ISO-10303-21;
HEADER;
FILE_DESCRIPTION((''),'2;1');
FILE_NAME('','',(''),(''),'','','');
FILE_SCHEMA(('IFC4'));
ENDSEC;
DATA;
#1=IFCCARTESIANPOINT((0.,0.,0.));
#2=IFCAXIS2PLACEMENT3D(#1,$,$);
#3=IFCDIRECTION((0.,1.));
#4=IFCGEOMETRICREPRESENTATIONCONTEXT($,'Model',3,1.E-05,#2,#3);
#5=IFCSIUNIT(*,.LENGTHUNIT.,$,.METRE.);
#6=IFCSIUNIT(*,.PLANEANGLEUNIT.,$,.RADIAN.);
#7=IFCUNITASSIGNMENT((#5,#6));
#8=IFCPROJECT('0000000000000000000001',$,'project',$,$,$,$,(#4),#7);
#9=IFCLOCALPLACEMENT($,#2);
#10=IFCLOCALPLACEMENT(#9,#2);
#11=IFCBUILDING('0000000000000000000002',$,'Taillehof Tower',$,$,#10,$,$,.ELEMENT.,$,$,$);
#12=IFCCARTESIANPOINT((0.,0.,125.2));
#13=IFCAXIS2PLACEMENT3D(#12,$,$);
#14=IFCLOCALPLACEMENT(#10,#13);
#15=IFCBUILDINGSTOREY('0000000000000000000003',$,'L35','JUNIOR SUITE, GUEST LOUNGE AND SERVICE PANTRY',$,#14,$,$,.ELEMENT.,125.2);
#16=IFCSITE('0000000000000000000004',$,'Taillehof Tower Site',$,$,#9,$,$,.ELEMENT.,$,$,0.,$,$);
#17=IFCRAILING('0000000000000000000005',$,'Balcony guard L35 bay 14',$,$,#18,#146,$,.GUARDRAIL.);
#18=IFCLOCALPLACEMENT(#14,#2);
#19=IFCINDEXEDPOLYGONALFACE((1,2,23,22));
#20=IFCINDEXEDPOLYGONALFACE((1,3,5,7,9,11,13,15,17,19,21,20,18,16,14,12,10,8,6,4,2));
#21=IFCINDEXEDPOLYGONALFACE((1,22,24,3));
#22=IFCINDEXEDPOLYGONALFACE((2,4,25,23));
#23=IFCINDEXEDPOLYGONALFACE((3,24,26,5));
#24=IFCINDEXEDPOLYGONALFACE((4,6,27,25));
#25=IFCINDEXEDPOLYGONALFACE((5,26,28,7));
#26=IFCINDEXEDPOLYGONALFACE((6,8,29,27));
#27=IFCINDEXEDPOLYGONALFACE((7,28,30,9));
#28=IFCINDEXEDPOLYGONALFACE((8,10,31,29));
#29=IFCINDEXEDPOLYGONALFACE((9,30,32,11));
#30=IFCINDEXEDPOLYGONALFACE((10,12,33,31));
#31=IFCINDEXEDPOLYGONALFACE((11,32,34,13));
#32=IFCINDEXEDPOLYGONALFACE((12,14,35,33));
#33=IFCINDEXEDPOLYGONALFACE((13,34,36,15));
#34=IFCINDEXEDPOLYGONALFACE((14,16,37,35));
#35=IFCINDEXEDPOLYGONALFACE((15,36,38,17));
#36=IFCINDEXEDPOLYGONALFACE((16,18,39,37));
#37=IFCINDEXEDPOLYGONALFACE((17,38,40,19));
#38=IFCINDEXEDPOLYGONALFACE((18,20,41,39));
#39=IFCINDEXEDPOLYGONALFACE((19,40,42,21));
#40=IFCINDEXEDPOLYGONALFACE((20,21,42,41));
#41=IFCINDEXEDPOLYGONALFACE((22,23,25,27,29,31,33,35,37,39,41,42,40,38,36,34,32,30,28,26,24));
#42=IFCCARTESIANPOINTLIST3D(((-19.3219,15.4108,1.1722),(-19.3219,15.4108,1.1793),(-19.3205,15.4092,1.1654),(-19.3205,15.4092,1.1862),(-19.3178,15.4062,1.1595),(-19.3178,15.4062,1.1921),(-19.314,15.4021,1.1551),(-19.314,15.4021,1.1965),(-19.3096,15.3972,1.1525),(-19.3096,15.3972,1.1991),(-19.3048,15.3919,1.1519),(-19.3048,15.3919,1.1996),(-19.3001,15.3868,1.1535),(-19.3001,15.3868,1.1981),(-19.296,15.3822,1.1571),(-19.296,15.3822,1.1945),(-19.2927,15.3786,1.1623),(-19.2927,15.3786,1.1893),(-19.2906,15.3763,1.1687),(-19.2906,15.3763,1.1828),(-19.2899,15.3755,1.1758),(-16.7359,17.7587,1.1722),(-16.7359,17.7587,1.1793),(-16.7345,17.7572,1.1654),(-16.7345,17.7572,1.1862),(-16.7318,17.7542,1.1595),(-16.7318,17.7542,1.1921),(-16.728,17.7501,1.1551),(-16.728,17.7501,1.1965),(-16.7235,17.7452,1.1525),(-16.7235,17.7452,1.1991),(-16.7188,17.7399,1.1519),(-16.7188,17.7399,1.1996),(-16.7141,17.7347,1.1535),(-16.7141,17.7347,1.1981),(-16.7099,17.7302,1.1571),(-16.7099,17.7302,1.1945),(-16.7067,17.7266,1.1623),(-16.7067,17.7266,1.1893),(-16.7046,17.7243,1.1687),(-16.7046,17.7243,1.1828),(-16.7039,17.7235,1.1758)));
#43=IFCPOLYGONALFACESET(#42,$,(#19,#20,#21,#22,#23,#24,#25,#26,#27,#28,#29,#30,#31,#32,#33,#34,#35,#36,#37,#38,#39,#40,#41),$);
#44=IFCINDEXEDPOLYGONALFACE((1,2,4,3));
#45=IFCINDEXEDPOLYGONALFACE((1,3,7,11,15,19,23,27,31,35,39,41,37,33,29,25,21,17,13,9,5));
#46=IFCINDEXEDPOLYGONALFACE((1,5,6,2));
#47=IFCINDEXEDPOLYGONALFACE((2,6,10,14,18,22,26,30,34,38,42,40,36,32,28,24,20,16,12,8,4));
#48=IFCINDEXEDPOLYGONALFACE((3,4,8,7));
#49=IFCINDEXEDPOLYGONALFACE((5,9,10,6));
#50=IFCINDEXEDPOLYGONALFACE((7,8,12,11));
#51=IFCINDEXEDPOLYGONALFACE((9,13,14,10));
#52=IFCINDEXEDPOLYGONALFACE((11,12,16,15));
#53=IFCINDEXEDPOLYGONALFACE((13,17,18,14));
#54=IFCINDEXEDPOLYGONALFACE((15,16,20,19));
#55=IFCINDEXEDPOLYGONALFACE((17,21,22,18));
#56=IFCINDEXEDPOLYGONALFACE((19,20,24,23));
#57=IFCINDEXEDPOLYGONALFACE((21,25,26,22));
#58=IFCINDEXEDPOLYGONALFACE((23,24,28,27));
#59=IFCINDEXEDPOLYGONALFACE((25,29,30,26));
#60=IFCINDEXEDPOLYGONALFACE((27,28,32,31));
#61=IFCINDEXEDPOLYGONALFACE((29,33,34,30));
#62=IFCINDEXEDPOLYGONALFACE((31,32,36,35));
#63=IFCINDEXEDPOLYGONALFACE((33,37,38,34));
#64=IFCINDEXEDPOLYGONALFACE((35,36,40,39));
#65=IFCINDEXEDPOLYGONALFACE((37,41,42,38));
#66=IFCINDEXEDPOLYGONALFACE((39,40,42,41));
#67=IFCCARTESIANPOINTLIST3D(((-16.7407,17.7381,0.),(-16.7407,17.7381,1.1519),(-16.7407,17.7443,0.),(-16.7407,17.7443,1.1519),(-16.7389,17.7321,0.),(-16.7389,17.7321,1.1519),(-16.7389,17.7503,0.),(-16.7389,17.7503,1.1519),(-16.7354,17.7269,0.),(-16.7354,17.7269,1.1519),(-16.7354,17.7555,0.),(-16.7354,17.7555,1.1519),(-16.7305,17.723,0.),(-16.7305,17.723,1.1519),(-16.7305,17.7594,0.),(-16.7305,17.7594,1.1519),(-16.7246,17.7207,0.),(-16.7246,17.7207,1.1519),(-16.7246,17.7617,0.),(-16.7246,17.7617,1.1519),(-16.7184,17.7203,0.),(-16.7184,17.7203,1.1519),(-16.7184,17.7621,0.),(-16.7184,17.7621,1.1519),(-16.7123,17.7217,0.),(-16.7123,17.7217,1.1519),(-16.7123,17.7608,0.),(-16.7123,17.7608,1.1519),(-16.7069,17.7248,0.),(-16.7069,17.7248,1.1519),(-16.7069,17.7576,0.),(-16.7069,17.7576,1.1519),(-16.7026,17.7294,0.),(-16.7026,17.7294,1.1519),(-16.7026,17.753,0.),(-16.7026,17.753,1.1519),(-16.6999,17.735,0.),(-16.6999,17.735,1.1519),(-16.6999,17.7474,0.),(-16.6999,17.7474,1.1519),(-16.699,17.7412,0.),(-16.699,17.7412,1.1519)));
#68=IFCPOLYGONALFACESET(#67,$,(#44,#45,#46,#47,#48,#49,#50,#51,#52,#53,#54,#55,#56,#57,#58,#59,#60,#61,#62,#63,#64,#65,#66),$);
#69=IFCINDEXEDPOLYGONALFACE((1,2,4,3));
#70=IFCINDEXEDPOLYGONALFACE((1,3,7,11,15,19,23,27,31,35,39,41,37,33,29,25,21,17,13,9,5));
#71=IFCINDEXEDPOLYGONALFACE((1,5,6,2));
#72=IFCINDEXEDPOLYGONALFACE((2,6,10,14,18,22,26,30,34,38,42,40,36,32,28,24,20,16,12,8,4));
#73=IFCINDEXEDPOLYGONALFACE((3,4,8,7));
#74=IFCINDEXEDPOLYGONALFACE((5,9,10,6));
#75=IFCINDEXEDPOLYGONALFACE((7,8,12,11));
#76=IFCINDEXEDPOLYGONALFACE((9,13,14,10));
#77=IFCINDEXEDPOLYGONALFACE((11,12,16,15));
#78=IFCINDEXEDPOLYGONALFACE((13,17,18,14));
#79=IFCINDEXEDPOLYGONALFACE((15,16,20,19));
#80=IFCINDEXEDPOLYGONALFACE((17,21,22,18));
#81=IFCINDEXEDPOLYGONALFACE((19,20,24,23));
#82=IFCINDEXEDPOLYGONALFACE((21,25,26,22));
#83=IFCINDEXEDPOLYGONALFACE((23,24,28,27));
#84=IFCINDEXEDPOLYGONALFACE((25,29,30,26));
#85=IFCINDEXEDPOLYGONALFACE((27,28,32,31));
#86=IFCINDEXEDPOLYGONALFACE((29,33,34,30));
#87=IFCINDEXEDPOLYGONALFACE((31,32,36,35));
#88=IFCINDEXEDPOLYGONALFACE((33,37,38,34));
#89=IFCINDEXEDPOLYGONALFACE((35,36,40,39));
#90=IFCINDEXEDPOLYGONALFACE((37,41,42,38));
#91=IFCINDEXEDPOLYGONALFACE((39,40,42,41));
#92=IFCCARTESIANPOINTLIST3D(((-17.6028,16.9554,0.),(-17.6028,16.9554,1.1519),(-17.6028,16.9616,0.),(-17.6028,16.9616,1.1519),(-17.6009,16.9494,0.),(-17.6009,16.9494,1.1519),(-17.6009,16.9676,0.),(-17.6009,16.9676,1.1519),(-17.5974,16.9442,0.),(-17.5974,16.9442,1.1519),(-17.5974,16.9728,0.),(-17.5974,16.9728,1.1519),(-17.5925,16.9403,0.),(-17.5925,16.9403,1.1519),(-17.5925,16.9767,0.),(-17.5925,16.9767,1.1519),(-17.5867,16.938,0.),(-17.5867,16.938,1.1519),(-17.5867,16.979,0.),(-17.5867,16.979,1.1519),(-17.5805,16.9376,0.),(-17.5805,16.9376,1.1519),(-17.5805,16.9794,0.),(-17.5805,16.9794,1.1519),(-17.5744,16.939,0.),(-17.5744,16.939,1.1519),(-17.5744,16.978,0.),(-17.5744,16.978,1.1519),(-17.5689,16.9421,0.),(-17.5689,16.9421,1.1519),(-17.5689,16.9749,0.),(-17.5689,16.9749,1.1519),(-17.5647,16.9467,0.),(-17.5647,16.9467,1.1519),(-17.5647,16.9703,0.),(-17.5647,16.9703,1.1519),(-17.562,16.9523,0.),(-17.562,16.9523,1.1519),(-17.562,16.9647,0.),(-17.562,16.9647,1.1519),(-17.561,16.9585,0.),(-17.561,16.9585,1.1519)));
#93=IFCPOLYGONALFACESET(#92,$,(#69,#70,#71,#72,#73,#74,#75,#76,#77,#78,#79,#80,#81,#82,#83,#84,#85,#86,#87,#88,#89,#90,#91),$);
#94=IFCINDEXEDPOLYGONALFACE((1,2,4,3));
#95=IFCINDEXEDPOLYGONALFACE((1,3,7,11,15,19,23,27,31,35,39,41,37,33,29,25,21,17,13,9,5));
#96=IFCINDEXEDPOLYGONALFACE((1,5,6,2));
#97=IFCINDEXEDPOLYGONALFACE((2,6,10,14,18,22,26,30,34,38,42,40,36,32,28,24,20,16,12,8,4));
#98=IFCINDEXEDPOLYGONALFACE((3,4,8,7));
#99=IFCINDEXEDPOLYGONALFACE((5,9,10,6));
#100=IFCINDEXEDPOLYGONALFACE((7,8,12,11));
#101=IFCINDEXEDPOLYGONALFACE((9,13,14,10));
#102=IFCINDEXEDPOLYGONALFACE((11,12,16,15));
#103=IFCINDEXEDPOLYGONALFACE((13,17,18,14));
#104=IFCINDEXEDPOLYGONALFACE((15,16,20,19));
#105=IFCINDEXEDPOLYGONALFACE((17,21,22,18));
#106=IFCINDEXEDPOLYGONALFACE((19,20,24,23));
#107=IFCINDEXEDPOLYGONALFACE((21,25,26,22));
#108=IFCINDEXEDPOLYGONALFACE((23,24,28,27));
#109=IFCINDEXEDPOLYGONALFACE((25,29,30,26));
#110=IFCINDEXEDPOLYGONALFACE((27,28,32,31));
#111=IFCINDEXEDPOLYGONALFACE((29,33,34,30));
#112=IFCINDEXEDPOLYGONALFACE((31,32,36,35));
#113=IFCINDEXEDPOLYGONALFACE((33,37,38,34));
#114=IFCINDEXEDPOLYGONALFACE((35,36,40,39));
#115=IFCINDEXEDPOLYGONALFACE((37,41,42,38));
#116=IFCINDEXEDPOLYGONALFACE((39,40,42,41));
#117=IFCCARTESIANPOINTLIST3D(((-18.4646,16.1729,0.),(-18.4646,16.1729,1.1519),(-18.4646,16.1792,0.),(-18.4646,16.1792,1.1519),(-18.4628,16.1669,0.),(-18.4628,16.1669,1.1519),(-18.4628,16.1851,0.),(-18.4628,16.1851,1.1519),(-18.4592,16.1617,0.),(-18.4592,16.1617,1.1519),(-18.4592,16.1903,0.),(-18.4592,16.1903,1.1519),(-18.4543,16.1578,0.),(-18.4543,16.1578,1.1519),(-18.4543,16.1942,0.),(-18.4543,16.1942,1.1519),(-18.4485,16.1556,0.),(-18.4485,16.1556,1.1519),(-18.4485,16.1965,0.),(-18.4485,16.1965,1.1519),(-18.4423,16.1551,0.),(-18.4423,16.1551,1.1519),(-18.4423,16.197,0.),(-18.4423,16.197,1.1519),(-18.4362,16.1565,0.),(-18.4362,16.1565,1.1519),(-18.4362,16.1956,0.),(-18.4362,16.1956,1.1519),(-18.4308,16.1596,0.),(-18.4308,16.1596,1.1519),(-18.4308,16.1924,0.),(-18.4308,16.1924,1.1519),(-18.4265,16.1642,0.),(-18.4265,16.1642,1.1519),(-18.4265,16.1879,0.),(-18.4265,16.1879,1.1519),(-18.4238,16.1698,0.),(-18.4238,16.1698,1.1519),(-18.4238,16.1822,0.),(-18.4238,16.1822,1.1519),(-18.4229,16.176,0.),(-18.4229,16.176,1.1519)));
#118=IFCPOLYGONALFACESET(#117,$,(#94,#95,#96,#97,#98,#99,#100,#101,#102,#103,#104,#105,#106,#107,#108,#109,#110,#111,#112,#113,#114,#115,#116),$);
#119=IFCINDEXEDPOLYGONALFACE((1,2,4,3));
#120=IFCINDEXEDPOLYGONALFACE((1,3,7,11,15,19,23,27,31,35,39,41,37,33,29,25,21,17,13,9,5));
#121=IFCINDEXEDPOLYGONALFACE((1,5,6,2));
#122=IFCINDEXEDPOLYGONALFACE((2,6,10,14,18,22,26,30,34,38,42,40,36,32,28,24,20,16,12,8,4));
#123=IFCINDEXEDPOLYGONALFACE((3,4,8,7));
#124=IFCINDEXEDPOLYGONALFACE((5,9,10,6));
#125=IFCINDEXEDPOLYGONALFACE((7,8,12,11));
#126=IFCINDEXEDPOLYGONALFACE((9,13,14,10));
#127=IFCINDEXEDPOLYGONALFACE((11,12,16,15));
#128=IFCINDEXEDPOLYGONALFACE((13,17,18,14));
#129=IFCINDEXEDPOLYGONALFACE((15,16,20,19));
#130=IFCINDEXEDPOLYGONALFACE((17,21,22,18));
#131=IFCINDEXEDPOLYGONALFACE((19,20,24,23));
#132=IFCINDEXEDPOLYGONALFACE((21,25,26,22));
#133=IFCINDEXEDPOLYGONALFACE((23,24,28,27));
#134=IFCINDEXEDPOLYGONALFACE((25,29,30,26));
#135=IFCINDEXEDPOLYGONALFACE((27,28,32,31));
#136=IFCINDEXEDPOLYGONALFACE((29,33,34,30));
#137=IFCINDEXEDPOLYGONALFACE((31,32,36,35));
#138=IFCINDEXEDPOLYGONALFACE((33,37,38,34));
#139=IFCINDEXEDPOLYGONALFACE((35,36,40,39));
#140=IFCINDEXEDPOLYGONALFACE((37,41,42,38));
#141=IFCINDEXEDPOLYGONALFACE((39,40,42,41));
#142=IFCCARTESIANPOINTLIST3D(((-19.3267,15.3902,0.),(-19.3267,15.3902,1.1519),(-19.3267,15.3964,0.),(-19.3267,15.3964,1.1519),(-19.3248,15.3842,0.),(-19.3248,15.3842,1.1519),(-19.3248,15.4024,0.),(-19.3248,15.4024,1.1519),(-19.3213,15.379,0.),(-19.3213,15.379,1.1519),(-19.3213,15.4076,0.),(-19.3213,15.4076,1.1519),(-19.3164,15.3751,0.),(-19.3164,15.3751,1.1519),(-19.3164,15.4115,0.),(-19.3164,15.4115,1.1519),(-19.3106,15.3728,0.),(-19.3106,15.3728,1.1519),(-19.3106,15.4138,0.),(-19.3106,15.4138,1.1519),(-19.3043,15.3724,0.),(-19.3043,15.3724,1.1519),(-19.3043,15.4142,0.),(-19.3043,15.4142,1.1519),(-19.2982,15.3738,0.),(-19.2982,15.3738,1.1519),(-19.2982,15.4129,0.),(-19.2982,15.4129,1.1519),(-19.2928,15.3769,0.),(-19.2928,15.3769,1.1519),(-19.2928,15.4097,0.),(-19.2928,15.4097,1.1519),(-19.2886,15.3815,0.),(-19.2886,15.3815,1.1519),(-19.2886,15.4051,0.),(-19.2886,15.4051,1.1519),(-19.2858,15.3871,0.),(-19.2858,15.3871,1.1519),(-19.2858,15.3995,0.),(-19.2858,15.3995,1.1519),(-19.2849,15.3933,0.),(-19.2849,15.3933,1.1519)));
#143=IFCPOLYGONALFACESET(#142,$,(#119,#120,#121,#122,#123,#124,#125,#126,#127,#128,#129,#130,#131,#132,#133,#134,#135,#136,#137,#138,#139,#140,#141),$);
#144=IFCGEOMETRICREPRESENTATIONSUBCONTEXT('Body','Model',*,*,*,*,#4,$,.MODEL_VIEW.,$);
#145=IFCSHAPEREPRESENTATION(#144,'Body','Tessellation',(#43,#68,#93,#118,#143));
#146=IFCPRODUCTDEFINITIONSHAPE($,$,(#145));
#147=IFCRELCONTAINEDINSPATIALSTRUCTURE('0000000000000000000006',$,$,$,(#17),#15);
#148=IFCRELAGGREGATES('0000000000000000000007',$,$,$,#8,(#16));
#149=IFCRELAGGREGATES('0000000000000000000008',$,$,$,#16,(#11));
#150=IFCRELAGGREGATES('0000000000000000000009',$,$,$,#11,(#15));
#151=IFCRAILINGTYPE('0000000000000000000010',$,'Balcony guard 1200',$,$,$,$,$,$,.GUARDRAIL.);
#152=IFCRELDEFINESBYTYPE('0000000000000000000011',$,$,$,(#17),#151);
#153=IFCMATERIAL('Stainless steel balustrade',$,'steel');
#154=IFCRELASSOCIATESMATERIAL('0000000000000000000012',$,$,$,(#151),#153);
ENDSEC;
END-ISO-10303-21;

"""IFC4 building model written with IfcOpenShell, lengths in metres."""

from ifc_helpers import new_model, si_unit, direction, frame, origin, origin_2d, place, context, subcontext, project, spatial, circle, extrude, material, type_object, element, save


model = new_model("IFC4")

# Units and contexts
model_context = context("Model", 3, precision=1e-05, world=origin(), true_north=direction((0.0, 1.0)))
body_context = subcontext(model_context, "Body", "Model", "MODEL_VIEW")
ifc_project = project(units=[si_unit("LENGTHUNIT", "METRE"), si_unit("PLANEANGLEUNIT", "RADIAN")], contexts=[model_context])

# Site, building, storey
site_placement = place(None, origin())
site = spatial("IfcSite", under=ifc_project, at=site_placement, Name="Taillehof Tower Site", CompositionType="ELEMENT", RefElevation=0.0)
building_placement = place(site_placement, origin())
building = spatial("IfcBuilding", under=site, at=building_placement, Name="Taillehof Tower", CompositionType="ELEMENT")
storey_placement = place(building_placement, frame((0.0, 0.0, 125.2)))
storey = spatial("IfcBuildingStorey", under=building, at=storey_placement, Name="L35", Description="JUNIOR SUITE, GUEST LOUNGE AND SERVICE PANTRY", CompositionType="ELEMENT", Elevation=125.2)

# Railing
ifc_material_1 = material(Name="Stainless steel balustrade", Category="steel")
railing_type_1 = type_object("IfcRailingType", Name="Balcony guard 1200", PredefinedType="GUARDRAIL", material=ifc_material_1)
railing_1_placement = place(storey_placement, frame((-16.72, 17.7412, 0.0)))
element("IfcRailing", 1, at=railing_1_placement, inside=storey, type_object=railing_type_1, Name="Balcony guard L35 bay 14", PredefinedType="GUARDRAIL", context=body_context, shape_type="SweptSolid", body=[
    extrude(circle(Radius=0.0239, at=origin_2d()), frame((0.0, 0.0, 1.1758), z_axis=(-0.740361, -0.67221, 0.0), x_axis=(0.67221, -0.740361, 0.0)), (0.0, 0.0, 1.0), 3.4929),
    extrude(circle(Radius=0.021, at=origin_2d()), origin(), (0.0, 0.0, 1.0), 1.1519),
    extrude(circle(Radius=0.021, at=origin_2d()), frame((-0.8621, -0.7827, 0.0)), (0.0, 0.0, 1.0), 1.1519),
    extrude(circle(Radius=0.021, at=origin_2d()), frame((-1.7239, -1.5652, 0.0)), (0.0, 0.0, 1.0), 1.1519),
    extrude(circle(Radius=0.021, at=origin_2d()), frame((-2.5859, -2.3479, 0.0)), (0.0, 0.0, 1.0), 1.1519),
])

save(model, "model.ifc")
